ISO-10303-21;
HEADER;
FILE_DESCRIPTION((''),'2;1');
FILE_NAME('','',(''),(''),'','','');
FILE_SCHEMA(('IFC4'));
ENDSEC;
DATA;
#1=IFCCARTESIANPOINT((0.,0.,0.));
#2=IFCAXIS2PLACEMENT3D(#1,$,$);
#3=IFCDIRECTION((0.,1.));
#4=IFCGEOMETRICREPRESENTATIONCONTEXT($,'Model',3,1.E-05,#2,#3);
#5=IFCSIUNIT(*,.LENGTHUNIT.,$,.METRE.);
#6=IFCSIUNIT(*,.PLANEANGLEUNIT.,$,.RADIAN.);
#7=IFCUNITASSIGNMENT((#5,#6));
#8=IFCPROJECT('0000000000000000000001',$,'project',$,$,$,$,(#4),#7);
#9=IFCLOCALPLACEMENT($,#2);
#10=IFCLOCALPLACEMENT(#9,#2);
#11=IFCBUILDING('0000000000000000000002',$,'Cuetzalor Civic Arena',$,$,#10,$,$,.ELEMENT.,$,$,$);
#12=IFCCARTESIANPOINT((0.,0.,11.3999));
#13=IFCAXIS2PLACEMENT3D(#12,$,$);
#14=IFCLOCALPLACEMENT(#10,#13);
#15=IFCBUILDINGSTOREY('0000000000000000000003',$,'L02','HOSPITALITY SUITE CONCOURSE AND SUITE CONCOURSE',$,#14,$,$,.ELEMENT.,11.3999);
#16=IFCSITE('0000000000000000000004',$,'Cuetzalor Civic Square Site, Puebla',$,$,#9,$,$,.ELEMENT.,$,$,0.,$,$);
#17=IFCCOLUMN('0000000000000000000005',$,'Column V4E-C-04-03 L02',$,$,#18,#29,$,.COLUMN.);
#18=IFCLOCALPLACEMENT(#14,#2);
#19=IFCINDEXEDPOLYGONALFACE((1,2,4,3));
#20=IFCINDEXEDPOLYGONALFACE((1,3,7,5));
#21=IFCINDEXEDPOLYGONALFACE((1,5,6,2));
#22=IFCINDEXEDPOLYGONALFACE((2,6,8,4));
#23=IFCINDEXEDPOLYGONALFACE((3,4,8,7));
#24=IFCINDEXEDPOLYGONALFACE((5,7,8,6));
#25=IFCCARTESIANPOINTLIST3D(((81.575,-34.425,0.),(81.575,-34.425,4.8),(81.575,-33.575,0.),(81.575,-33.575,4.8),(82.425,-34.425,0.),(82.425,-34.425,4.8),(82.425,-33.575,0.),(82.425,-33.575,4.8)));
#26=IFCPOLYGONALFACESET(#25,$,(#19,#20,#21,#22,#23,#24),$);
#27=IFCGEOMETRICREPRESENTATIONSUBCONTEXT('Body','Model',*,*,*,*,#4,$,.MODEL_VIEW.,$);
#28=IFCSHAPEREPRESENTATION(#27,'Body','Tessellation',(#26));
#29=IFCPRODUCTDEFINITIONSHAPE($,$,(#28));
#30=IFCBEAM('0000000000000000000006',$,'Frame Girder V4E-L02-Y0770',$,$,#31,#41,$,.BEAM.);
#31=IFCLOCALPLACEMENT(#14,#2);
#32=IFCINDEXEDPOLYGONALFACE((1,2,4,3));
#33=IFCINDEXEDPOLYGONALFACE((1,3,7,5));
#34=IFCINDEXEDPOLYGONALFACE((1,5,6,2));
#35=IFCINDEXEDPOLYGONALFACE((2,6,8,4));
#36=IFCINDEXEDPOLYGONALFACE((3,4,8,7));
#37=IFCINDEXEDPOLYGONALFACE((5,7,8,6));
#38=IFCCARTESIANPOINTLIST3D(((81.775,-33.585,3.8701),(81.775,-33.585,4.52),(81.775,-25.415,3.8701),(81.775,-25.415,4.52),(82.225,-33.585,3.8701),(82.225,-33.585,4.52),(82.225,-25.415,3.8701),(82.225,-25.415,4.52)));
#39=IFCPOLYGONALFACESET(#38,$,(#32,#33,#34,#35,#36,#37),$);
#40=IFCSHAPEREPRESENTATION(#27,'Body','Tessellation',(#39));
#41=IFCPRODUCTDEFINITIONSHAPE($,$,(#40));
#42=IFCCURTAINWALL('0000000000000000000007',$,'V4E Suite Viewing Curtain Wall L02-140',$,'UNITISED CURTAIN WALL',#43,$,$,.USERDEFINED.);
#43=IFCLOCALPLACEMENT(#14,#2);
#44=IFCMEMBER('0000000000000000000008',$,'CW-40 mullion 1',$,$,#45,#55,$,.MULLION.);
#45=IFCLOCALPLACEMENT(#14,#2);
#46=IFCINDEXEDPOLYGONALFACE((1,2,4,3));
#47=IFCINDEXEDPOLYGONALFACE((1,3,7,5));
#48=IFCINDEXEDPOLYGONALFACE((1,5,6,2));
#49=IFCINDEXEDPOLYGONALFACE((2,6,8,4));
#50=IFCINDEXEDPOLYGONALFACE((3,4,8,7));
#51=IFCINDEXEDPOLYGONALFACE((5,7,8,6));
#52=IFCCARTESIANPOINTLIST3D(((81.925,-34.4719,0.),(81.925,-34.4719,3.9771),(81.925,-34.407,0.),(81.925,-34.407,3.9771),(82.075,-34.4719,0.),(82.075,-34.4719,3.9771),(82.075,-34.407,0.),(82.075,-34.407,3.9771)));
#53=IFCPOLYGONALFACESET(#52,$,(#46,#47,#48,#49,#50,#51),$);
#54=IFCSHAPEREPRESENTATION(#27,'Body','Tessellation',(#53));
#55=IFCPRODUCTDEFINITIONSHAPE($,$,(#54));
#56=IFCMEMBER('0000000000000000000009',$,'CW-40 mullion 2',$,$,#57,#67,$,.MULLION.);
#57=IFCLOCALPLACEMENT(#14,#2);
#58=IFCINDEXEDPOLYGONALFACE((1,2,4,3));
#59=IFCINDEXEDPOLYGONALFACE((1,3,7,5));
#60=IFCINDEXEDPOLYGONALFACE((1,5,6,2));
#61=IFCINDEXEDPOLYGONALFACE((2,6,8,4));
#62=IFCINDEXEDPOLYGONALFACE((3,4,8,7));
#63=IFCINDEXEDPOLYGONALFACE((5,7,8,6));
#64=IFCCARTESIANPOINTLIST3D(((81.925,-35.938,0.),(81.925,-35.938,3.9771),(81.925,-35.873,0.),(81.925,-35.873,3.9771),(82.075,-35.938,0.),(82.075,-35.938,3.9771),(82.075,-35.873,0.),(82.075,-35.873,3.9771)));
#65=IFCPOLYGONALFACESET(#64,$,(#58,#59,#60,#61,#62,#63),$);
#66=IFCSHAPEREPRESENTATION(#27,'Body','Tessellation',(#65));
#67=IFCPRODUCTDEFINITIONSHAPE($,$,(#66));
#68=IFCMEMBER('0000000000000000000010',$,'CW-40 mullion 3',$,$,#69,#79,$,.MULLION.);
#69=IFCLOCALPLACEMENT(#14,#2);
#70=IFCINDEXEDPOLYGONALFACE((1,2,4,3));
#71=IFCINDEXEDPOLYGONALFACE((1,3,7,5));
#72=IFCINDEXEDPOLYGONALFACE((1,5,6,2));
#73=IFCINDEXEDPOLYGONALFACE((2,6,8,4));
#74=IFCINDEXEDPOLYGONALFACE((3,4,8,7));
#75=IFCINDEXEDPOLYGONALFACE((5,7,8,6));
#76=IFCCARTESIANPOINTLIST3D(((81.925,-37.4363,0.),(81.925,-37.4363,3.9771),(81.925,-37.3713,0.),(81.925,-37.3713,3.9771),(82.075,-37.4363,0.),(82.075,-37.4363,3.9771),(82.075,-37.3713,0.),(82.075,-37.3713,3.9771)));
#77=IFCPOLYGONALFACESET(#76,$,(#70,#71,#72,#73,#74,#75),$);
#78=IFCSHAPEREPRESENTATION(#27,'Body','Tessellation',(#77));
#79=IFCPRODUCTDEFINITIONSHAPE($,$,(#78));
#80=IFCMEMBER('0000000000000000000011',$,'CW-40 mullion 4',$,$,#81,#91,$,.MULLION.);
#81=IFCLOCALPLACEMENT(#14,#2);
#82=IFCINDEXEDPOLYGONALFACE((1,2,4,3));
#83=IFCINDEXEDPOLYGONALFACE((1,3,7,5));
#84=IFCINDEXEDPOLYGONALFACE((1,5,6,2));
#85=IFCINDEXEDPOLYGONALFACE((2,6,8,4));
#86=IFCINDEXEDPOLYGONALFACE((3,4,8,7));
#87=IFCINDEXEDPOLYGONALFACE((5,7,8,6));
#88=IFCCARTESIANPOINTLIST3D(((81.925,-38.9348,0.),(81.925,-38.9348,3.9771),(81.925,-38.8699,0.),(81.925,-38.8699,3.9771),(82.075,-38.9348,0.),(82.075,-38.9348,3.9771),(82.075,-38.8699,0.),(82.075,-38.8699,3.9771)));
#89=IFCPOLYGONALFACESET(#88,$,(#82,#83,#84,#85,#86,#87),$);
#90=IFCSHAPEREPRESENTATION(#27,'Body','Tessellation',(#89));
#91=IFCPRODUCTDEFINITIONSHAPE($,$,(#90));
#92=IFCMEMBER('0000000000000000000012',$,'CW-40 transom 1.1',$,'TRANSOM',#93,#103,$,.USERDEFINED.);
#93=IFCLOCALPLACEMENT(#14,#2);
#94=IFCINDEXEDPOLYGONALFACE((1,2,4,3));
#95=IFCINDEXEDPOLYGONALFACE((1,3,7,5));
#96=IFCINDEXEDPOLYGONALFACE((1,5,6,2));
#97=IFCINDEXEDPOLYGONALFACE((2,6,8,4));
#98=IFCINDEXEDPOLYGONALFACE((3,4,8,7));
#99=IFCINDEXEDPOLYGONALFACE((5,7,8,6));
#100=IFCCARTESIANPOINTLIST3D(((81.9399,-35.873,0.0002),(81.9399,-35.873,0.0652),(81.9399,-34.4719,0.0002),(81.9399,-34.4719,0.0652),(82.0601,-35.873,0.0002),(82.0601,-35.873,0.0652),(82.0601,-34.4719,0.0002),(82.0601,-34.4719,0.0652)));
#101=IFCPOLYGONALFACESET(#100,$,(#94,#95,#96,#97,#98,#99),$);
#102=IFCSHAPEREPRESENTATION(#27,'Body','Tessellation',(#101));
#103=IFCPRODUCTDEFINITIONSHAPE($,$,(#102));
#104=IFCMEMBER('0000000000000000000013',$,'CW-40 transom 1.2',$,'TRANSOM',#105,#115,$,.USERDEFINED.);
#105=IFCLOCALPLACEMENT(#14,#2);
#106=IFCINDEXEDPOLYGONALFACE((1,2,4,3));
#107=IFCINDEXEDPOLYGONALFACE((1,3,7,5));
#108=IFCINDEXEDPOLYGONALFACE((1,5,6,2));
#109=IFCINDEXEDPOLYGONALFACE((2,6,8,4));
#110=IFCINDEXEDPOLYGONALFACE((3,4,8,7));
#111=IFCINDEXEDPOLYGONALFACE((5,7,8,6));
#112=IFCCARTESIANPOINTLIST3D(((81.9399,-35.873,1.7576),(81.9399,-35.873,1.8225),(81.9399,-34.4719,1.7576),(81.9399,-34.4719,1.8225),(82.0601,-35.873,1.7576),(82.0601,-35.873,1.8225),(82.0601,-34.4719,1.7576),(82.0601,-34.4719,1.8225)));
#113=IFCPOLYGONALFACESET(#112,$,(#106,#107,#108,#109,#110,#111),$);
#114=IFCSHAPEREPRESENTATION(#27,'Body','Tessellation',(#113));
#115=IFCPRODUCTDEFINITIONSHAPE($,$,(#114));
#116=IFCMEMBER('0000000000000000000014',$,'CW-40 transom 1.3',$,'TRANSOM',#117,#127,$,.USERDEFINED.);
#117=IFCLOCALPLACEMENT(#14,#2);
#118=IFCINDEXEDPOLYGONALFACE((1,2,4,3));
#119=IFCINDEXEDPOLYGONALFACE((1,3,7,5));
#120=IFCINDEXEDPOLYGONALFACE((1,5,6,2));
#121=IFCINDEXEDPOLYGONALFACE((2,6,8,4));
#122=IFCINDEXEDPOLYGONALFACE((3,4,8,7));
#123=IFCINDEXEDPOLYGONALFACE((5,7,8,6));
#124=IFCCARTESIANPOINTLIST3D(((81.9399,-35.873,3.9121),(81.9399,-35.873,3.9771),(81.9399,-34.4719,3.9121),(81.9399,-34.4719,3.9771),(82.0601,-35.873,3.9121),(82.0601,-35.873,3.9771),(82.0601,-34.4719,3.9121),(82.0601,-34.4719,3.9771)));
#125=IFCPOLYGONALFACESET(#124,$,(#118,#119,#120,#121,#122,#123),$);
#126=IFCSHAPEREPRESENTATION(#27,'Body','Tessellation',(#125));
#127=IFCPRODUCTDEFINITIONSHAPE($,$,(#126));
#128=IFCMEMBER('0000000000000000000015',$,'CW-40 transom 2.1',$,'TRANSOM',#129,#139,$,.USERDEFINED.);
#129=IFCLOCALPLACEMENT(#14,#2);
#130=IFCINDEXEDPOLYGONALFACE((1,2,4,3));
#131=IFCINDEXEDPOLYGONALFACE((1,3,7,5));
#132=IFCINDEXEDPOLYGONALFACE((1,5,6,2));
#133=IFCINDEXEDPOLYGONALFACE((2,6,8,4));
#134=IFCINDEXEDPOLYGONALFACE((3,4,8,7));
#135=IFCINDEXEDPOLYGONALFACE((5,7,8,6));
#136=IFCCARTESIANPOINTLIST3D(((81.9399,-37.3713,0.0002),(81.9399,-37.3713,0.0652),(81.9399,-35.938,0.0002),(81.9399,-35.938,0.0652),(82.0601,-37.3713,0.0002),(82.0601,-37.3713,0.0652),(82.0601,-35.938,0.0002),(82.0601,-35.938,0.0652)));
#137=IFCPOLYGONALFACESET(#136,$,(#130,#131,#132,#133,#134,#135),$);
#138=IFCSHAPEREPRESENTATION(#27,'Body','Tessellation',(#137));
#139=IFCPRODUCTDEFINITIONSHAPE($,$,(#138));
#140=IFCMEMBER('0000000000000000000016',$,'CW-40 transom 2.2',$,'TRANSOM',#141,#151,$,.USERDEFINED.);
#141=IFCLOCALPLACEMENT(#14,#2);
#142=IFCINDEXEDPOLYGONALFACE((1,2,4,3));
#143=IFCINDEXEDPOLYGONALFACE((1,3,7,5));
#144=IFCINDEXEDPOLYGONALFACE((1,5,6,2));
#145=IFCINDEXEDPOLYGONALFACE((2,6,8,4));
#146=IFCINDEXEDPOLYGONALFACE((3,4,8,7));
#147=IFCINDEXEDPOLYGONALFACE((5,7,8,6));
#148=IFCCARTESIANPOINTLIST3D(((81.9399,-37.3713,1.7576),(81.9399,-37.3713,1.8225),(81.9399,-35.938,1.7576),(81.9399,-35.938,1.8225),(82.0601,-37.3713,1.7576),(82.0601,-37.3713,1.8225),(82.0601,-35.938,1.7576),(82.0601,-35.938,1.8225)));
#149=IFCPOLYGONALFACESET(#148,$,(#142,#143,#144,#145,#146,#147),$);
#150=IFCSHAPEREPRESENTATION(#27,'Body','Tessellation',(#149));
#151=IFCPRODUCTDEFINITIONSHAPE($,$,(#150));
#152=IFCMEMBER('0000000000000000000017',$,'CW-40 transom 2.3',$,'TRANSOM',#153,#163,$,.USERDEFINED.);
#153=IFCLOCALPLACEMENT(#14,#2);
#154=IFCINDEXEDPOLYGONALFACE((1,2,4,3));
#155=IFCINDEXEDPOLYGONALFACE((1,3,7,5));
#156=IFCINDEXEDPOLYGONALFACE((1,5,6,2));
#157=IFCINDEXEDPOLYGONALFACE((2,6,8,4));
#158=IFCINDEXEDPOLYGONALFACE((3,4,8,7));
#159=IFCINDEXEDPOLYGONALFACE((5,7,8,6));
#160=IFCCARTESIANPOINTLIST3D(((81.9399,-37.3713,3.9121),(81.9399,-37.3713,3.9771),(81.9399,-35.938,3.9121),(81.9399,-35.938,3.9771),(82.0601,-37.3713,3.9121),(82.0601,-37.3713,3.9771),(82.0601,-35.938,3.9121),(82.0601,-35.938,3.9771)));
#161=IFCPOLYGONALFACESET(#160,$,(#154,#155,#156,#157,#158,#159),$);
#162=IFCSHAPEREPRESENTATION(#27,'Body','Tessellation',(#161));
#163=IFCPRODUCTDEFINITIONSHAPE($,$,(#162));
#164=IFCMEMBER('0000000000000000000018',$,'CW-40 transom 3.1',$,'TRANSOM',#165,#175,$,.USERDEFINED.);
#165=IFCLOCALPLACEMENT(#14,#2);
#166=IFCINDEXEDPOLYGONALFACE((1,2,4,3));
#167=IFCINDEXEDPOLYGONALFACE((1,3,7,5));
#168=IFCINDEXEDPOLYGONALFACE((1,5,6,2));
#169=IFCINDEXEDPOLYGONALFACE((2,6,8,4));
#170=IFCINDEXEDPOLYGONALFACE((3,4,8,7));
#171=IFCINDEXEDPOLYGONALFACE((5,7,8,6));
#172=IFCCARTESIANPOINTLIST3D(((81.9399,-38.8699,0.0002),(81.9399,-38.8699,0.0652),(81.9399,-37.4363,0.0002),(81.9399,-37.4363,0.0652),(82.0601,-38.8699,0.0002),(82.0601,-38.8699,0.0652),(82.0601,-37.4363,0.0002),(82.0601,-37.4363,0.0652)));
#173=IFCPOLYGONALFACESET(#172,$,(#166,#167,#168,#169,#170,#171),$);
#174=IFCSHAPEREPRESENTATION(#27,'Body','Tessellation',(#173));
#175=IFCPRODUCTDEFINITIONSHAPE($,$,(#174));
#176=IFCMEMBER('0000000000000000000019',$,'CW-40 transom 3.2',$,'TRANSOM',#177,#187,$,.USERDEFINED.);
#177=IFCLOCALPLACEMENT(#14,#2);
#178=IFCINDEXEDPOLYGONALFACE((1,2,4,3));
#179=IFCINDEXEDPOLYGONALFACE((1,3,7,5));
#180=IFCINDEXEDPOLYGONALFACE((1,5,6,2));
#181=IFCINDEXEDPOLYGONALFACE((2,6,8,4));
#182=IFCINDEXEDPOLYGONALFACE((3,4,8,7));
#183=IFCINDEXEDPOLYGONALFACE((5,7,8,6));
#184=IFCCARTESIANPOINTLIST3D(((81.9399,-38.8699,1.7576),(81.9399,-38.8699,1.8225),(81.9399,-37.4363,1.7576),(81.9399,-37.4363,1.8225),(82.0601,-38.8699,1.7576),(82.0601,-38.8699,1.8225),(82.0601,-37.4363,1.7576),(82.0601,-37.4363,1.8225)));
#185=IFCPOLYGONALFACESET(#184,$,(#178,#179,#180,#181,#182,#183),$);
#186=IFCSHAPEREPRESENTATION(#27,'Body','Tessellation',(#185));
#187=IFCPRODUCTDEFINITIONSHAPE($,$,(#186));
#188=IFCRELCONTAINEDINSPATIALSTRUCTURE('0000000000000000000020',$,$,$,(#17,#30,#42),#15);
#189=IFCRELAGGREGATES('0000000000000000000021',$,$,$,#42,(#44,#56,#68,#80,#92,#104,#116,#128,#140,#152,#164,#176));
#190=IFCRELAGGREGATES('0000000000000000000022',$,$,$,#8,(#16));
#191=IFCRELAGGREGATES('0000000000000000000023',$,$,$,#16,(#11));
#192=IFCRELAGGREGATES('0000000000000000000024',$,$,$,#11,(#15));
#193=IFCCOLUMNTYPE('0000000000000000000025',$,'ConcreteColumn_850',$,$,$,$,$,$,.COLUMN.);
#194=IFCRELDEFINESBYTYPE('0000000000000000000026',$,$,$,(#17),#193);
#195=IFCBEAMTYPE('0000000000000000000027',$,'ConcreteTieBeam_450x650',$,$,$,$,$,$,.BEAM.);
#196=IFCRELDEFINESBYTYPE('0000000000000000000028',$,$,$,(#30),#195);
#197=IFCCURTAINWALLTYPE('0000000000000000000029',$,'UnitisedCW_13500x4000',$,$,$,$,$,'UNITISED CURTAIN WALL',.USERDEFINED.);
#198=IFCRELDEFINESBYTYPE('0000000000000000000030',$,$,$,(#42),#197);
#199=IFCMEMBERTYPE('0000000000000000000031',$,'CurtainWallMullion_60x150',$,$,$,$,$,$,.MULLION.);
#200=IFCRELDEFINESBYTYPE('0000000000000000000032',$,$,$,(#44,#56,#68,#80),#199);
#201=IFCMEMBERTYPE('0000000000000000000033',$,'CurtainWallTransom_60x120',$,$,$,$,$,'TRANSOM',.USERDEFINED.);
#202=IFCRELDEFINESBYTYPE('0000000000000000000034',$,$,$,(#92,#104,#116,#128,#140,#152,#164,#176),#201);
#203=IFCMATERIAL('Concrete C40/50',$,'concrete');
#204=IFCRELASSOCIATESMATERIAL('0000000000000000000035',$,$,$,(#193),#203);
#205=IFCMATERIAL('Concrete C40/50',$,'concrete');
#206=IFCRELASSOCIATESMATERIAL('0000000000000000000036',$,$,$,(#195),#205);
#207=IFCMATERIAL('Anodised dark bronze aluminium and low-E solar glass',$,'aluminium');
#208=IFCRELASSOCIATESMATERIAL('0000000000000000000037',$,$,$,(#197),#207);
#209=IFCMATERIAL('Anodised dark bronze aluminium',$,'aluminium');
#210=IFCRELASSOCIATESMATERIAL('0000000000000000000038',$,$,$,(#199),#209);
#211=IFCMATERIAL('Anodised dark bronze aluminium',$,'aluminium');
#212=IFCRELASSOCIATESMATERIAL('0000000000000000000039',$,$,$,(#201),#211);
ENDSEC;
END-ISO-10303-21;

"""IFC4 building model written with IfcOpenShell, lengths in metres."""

from ifc_helpers import new_model, si_unit, direction, frame, origin, origin_2d, place, context, subcontext, project, spatial, rectangle, extrude, material, material_profile, profile_set, type_object, element, aggregate, save


model = new_model("IFC4")

# Units and contexts
model_context = context("Model", 3, precision=1e-05, world=origin(), true_north=direction((0.0, 1.0)))
body_context = subcontext(model_context, "Body", "Model", "MODEL_VIEW")
ifc_project = project(units=[si_unit("LENGTHUNIT", "METRE"), si_unit("PLANEANGLEUNIT", "RADIAN")], contexts=[model_context])

# Site, building, storey
site_placement = place(None, origin())
site = spatial("IfcSite", under=ifc_project, at=site_placement, Name="Cuetzalor Civic Square Site, Puebla", CompositionType="ELEMENT", RefElevation=0.0)
building_placement = place(site_placement, origin())
building = spatial("IfcBuilding", under=site, at=building_placement, Name="Cuetzalor Civic Arena", CompositionType="ELEMENT")
storey_placement = place(building_placement, frame((0.0, 0.0, 11.3999)))
storey = spatial("IfcBuildingStorey", under=building, at=storey_placement, Name="L02", Description="HOSPITALITY SUITE CONCOURSE AND SUITE CONCOURSE", CompositionType="ELEMENT", Elevation=11.3999)

# Column
ifc_material_1 = material(Name="Concrete C40/50", Category="concrete")
ifc_material_profile_1 = material_profile(ifc_material_1, rectangle(XDim=0.8501, YDim=0.8501, at=origin_2d()), Name="RC 850x850")
ifc_profile_set_1 = profile_set([ifc_material_profile_1], Name="Concrete C40/50")
column_type = type_object("IfcColumnType", Name="ConcreteColumn_850", PredefinedType="COLUMN", material=ifc_profile_set_1)
column_placement = place(storey_placement, frame((82.0, -34.0, 0.0), z_axis=(0.0, 0.0, 1.0), x_axis=(1.0, 0.0, 0.0)))
element("IfcColumn", 1, at=column_placement, inside=storey, type_object=column_type, Name="Column V4E-C-04-03 L02", PredefinedType="COLUMN", context=body_context, shape_type="SweptSolid", body=[
    extrude(rectangle(XDim=0.8501, YDim=0.8501, at=origin_2d()), origin(), (0.0, 0.0, 1.0), 4.8),
])

# Beam
ifc_material_2 = material(Name="Concrete C40/50", Category="concrete")
ifc_material_profile_2 = material_profile(ifc_material_2, rectangle(XDim=0.45, YDim=0.6499, at=origin_2d()), Name="RC 450x650")
ifc_profile_set_2 = profile_set([ifc_material_profile_2], Name="Concrete C40/50")
beam_type = type_object("IfcBeamType", Name="ConcreteTieBeam_450x650", PredefinedType="BEAM", material=ifc_profile_set_2)
beam_placement = place(storey_placement, frame((82.0, -33.585, 4.1951), z_axis=(0.0, 1.0, 0.0), x_axis=(-1.0, 0.0, 0.0)))
element("IfcBeam", 2, at=beam_placement, inside=storey, type_object=beam_type, Name="Frame Girder V4E-L02-Y0770", PredefinedType="BEAM", context=body_context, shape_type="SweptSolid", body=[
    extrude(rectangle(XDim=0.45, YDim=0.6499, at=origin_2d()), origin(), (0.0, 0.0, 1.0), 8.1699),
])

# Curtain wall, members
ifc_material_3 = material(Name="Anodised dark bronze aluminium and low-E solar glass", Category="aluminium")
curtain_wall_type = type_object("IfcCurtainWallType", Name="UnitisedCW_13500x4000", ElementType="UNITISED CURTAIN WALL", PredefinedType="USERDEFINED", material=ifc_material_3)
curtain_wall_placement = place(storey_placement, origin())
curtain_wall = element("IfcCurtainWall", 3, at=curtain_wall_placement, inside=storey, type_object=curtain_wall_type, Name="V4E Suite Viewing Curtain Wall L02-140", ObjectType="UNITISED CURTAIN WALL", PredefinedType="USERDEFINED")
ifc_material_4 = material(Name="Anodised dark bronze aluminium", Category="aluminium")
ifc_material_profile_3 = material_profile(ifc_material_4, rectangle(XDim=0.0649, YDim=0.1499, at=origin_2d()), Name="ALU MULLION 65x150")
ifc_profile_set_3 = profile_set([ifc_material_profile_3], Name="Anodised dark bronze aluminium")
member_type_1 = type_object("IfcMemberType", Name="CurtainWallMullion_60x150", PredefinedType="MULLION", material=ifc_profile_set_3)
member_1_placement = place(storey_placement, frame((82.0, -34.4395, 0.0), z_axis=(0.0, 0.0, 1.0), x_axis=(0.0, -1.0, 0.0)))
member_1 = element("IfcMember", 4, at=member_1_placement, type_object=member_type_1, Name="CW-40 mullion 1", PredefinedType="MULLION", context=body_context, shape_type="SweptSolid", body=[
    extrude(rectangle(XDim=0.0649, YDim=0.1499, at=origin_2d()), origin(), (0.0, 0.0, 1.0), 3.9771),
])
member_2_placement = place(storey_placement, frame((82.0, -35.9055, 0.0), z_axis=(0.0, 0.0, 1.0), x_axis=(0.0, -1.0, 0.0)))
member_2 = element("IfcMember", 5, at=member_2_placement, type_object=member_type_1, Name="CW-40 mullion 2", PredefinedType="MULLION", context=body_context, shape_type="SweptSolid", body=[
    extrude(rectangle(XDim=0.0649, YDim=0.1499, at=origin_2d()), origin(), (0.0, 0.0, 1.0), 3.9771),
])
member_3_placement = place(storey_placement, frame((82.0, -37.4038, 0.0), z_axis=(0.0, 0.0, 1.0), x_axis=(0.0, -1.0, 0.0)))
member_3 = element("IfcMember", 6, at=member_3_placement, type_object=member_type_1, Name="CW-40 mullion 3", PredefinedType="MULLION", context=body_context, shape_type="SweptSolid", body=[
    extrude(rectangle(XDim=0.0649, YDim=0.1499, at=origin_2d()), origin(), (0.0, 0.0, 1.0), 3.9771),
])
member_4_placement = place(storey_placement, frame((82.0, -38.9023, 0.0), z_axis=(0.0, 0.0, 1.0), x_axis=(0.0, -1.0, 0.0)))
member_4 = element("IfcMember", 7, at=member_4_placement, type_object=member_type_1, Name="CW-40 mullion 4", PredefinedType="MULLION", context=body_context, shape_type="SweptSolid", body=[
    extrude(rectangle(XDim=0.0649, YDim=0.1499, at=origin_2d()), origin(), (0.0, 0.0, 1.0), 3.9771),
])
ifc_material_5 = material(Name="Anodised dark bronze aluminium", Category="aluminium")
ifc_material_profile_4 = material_profile(ifc_material_5, rectangle(XDim=0.1201, YDim=0.0649, at=origin_2d()), Name="ALU TRANSOM 65x120")
ifc_profile_set_4 = profile_set([ifc_material_profile_4], Name="Anodised dark bronze aluminium")
member_type_2 = type_object("IfcMemberType", Name="CurtainWallTransom_60x120", ElementType="TRANSOM", PredefinedType="USERDEFINED", material=ifc_profile_set_4)
member_5_placement = place(storey_placement, frame((82.0, -34.4719, 0.0327), z_axis=(0.0, -1.0, 0.0), x_axis=(1.0, 0.0, 0.0)))
member_5 = element("IfcMember", 8, at=member_5_placement, type_object=member_type_2, Name="CW-40 transom 1.1", ObjectType="TRANSOM", PredefinedType="USERDEFINED", context=body_context, shape_type="SweptSolid", body=[
    extrude(rectangle(XDim=0.1201, YDim=0.0649, at=origin_2d()), origin(), (0.0, 0.0, 1.0), 1.4011),
])
member_6_placement = place(storey_placement, frame((82.0, -34.4719, 1.79), z_axis=(0.0, -1.0, 0.0), x_axis=(1.0, 0.0, 0.0)))
member_6 = element("IfcMember", 9, at=member_6_placement, type_object=member_type_2, Name="CW-40 transom 1.2", ObjectType="TRANSOM", PredefinedType="USERDEFINED", context=body_context, shape_type="SweptSolid", body=[
    extrude(rectangle(XDim=0.1201, YDim=0.0649, at=origin_2d()), origin(), (0.0, 0.0, 1.0), 1.4011),
])
member_7_placement = place(storey_placement, frame((82.0, -34.4719, 3.9446), z_axis=(0.0, -1.0, 0.0), x_axis=(1.0, 0.0, 0.0)))
member_7 = element("IfcMember", 10, at=member_7_placement, type_object=member_type_2, Name="CW-40 transom 1.3", ObjectType="TRANSOM", PredefinedType="USERDEFINED", context=body_context, shape_type="SweptSolid", body=[
    extrude(rectangle(XDim=0.1201, YDim=0.0649, at=origin_2d()), origin(), (0.0, 0.0, 1.0), 1.4011),
])
member_8_placement = place(storey_placement, frame((82.0, -35.938, 0.0327), z_axis=(0.0, -1.0, 0.0), x_axis=(1.0, 0.0, 0.0)))
member_8 = element("IfcMember", 11, at=member_8_placement, type_object=member_type_2, Name="CW-40 transom 2.1", ObjectType="TRANSOM", PredefinedType="USERDEFINED", context=body_context, shape_type="SweptSolid", body=[
    extrude(rectangle(XDim=0.1201, YDim=0.0649, at=origin_2d()), origin(), (0.0, 0.0, 1.0), 1.4333),
])
member_9_placement = place(storey_placement, frame((82.0, -35.938, 1.79), z_axis=(0.0, -1.0, 0.0), x_axis=(1.0, 0.0, 0.0)))
member_9 = element("IfcMember", 12, at=member_9_placement, type_object=member_type_2, Name="CW-40 transom 2.2", ObjectType="TRANSOM", PredefinedType="USERDEFINED", context=body_context, shape_type="SweptSolid", body=[
    extrude(rectangle(XDim=0.1201, YDim=0.0649, at=origin_2d()), origin(), (0.0, 0.0, 1.0), 1.4333),
])
member_10_placement = place(storey_placement, frame((82.0, -35.938, 3.9446), z_axis=(0.0, -1.0, 0.0), x_axis=(1.0, 0.0, 0.0)))
member_10 = element("IfcMember", 13, at=member_10_placement, type_object=member_type_2, Name="CW-40 transom 2.3", ObjectType="TRANSOM", PredefinedType="USERDEFINED", context=body_context, shape_type="SweptSolid", body=[
    extrude(rectangle(XDim=0.1201, YDim=0.0649, at=origin_2d()), origin(), (0.0, 0.0, 1.0), 1.4333),
])
member_11_placement = place(storey_placement, frame((82.0, -37.4363, 0.0327), z_axis=(0.0, -1.0, 0.0), x_axis=(1.0, 0.0, 0.0)))
member_11 = element("IfcMember", 14, at=member_11_placement, type_object=member_type_2, Name="CW-40 transom 3.1", ObjectType="TRANSOM", PredefinedType="USERDEFINED", context=body_context, shape_type="SweptSolid", body=[
    extrude(rectangle(XDim=0.1201, YDim=0.0649, at=origin_2d()), origin(), (0.0, 0.0, 1.0), 1.4336),
])
member_12_placement = place(storey_placement, frame((82.0, -37.4363, 1.79), z_axis=(0.0, -1.0, 0.0), x_axis=(1.0, 0.0, 0.0)))
member_12 = element("IfcMember", 15, at=member_12_placement, type_object=member_type_2, Name="CW-40 transom 3.2", ObjectType="TRANSOM", PredefinedType="USERDEFINED", context=body_context, shape_type="SweptSolid", body=[
    extrude(rectangle(XDim=0.1201, YDim=0.0649, at=origin_2d()), origin(), (0.0, 0.0, 1.0), 1.4336),
])
aggregate(curtain_wall, [member_1, member_2, member_3, member_4, member_5, member_6, member_7, member_8, member_9, member_10, member_11, member_12])

save(model, "model.ifc")
